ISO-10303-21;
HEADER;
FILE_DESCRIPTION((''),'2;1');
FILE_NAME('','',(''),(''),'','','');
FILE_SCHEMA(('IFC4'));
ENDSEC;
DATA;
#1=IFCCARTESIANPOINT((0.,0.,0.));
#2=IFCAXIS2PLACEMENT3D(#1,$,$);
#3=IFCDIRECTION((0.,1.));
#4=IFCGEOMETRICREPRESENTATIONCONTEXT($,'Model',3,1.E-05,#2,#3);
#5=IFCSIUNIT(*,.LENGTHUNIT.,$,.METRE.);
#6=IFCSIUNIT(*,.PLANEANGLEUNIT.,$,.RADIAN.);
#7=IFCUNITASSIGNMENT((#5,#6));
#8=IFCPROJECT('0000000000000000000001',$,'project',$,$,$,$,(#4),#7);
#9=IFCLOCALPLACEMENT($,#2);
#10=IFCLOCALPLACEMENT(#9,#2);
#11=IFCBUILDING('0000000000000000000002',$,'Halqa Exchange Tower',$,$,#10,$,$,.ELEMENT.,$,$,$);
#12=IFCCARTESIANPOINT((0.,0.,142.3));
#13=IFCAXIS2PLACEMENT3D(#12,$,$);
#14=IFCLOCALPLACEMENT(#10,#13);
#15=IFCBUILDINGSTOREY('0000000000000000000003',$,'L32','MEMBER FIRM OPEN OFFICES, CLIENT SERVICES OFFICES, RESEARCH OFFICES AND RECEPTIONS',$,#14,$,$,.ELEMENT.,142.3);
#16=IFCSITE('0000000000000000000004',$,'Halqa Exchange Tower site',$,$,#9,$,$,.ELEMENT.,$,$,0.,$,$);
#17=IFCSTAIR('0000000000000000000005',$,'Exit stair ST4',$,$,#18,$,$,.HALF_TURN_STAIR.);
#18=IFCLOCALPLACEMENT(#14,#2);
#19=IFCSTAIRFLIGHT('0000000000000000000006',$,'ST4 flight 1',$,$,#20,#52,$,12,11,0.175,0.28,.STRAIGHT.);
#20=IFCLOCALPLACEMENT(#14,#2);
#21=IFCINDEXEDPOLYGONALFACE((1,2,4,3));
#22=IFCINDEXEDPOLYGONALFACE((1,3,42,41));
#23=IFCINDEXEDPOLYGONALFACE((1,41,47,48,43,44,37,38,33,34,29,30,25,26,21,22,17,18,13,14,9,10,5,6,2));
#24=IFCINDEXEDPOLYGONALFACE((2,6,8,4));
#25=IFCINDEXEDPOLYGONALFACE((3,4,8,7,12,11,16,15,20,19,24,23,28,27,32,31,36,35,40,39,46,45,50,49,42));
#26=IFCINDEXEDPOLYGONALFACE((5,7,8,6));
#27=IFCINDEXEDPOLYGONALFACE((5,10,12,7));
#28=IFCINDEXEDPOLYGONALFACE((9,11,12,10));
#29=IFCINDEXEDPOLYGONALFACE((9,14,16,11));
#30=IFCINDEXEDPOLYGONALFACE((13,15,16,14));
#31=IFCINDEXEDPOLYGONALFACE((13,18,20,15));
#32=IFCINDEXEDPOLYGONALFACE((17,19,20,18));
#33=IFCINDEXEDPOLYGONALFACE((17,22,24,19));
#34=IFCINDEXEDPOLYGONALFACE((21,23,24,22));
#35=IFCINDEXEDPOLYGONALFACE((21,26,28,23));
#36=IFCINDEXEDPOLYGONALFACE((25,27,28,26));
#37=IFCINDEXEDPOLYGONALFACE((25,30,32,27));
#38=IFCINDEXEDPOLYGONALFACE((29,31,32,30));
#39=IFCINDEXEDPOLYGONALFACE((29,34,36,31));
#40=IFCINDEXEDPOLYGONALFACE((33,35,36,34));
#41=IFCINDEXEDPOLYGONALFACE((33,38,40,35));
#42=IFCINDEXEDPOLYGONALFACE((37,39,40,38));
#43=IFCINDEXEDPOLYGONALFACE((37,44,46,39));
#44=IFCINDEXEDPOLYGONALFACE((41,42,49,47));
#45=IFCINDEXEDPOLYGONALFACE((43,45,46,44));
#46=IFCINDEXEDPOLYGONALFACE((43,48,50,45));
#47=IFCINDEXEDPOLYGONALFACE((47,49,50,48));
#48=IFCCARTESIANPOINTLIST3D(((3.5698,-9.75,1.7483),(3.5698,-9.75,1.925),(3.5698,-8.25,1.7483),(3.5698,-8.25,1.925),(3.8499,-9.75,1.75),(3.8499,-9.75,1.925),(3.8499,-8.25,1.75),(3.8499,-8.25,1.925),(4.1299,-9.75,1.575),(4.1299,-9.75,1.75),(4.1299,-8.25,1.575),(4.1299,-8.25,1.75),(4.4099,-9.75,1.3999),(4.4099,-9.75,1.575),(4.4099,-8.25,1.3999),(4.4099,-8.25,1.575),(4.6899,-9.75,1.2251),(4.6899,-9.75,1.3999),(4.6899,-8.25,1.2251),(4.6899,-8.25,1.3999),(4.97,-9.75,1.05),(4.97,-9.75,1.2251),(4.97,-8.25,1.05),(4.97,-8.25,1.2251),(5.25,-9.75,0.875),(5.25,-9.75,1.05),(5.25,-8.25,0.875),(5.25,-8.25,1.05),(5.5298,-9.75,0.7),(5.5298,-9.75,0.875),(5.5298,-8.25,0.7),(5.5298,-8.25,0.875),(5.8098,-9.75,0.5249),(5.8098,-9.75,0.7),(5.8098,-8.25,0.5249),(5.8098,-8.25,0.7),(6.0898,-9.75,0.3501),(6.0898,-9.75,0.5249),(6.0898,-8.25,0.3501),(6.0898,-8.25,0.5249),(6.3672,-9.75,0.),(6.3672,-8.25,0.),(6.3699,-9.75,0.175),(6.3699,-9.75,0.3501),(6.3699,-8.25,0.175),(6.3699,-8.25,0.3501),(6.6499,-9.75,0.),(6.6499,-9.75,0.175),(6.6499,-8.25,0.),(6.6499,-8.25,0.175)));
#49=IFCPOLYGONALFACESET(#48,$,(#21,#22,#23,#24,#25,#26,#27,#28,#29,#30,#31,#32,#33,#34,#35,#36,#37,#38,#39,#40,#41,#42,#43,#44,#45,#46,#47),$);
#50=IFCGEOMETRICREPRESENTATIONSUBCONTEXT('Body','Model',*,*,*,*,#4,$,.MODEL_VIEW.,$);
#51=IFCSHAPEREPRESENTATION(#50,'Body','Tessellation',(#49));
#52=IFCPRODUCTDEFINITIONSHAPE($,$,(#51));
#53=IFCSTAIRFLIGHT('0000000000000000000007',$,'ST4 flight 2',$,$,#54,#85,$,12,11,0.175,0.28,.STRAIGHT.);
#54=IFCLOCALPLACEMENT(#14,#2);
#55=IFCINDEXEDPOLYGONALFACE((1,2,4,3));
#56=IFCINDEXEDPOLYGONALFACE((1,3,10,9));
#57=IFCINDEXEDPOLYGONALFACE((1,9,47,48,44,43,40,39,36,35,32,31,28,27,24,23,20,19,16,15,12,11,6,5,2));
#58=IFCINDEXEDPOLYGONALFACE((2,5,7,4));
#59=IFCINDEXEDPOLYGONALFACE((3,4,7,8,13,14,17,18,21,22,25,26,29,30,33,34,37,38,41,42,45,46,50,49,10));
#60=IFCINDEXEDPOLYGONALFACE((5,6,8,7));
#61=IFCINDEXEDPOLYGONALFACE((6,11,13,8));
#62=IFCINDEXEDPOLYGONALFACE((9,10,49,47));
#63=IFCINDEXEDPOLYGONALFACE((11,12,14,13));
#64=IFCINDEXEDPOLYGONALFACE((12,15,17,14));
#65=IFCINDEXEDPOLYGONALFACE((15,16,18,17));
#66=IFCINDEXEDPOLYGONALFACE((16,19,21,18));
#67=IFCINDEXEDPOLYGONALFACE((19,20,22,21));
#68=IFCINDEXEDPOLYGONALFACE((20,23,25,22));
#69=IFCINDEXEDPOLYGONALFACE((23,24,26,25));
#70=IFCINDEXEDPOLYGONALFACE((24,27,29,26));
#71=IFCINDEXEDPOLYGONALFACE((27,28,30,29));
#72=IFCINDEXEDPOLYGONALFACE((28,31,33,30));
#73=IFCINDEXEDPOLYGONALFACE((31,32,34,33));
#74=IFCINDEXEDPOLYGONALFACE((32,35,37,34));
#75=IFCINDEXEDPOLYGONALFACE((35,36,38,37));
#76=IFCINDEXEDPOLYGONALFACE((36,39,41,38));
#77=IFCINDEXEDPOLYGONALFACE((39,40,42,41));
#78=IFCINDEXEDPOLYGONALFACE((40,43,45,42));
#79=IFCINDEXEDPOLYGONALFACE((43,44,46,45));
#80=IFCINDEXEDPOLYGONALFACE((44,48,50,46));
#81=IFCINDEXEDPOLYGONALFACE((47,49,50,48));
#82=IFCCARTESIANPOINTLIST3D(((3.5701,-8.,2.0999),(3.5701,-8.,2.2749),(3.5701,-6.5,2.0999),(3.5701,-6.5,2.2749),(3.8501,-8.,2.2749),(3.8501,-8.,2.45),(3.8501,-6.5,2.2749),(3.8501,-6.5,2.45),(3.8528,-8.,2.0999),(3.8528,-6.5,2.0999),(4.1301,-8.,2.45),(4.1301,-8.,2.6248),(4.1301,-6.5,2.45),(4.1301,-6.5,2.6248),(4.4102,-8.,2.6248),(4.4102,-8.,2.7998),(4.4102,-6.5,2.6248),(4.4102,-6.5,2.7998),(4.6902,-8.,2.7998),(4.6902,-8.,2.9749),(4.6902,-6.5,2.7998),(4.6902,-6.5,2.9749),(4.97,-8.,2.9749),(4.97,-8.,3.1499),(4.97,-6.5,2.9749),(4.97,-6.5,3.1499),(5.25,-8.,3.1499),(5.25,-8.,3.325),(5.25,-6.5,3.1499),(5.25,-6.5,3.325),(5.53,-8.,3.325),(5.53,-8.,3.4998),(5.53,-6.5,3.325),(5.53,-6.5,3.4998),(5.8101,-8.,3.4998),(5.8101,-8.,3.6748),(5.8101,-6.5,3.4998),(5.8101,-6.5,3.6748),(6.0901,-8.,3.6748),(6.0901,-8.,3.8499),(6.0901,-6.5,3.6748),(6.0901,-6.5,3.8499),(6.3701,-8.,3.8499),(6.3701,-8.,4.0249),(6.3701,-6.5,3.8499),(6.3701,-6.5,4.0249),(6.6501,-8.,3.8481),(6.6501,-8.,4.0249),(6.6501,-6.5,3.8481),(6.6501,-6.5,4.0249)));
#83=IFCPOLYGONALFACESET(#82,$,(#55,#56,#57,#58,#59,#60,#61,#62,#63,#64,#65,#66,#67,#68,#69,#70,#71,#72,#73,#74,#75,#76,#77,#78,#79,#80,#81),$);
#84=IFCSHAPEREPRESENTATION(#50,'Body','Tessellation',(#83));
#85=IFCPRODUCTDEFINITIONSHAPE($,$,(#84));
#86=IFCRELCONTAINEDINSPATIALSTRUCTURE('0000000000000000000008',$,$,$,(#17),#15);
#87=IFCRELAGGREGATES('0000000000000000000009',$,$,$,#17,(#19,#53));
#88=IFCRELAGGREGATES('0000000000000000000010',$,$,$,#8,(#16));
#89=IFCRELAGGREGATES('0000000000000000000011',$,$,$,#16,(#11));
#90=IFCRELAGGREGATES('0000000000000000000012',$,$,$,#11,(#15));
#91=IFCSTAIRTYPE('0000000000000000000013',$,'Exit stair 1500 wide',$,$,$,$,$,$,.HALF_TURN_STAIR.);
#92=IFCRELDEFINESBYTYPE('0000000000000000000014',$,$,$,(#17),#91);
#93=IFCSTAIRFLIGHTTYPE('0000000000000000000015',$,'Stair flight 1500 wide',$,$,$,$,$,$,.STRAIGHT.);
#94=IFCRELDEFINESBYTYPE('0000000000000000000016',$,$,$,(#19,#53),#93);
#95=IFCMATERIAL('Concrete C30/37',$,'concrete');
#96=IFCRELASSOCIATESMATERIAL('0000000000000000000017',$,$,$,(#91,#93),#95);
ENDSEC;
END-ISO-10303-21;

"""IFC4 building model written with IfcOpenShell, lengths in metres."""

from ifc_helpers import new_model, si_unit, direction, frame, origin, place, context, subcontext, project, spatial, polyline, outline, extrude, material, type_object, element, aggregate, save


model = new_model("IFC4")

# Units and contexts
model_context = context("Model", 3, precision=1e-05, world=origin(), true_north=direction((0.0, 1.0)))
body_context = subcontext(model_context, "Body", "Model", "MODEL_VIEW")
ifc_project = project(units=[si_unit("LENGTHUNIT", "METRE"), si_unit("PLANEANGLEUNIT", "RADIAN")], contexts=[model_context])

# Site, building, storey
site_placement = place(None, origin())
site = spatial("IfcSite", under=ifc_project, at=site_placement, Name="Halqa Exchange Tower site", CompositionType="ELEMENT", RefElevation=0.0)
building_placement = place(site_placement, origin())
building = spatial("IfcBuilding", under=site, at=building_placement, Name="Halqa Exchange Tower", CompositionType="ELEMENT")
storey_placement = place(building_placement, frame((0.0, 0.0, 142.3)))
storey = spatial("IfcBuildingStorey", under=building, at=storey_placement, Name="L32", Description="MEMBER FIRM OPEN OFFICES, CLIENT SERVICES OFFICES, RESEARCH OFFICES AND RECEPTIONS", CompositionType="ELEMENT", Elevation=142.3)

# Shared definitions
ifc_material_1 = material(Name="Concrete C30/37", Category="concrete")

# Stair, stair flights
stair_type = type_object("IfcStairType", Name="Exit stair 1500 wide", PredefinedType="HALF_TURN_STAIR", material=ifc_material_1)
stair_placement = place(storey_placement, origin())
stair = element("IfcStair", 1, at=stair_placement, inside=storey, type_object=stair_type, Name="Exit stair ST4", PredefinedType="HALF_TURN_STAIR")
stair_flight_type = type_object("IfcStairFlightType", Name="Stair flight 1500 wide", PredefinedType="STRAIGHT", material=ifc_material_1)
stair_flight_1_placement = place(storey_placement, frame((6.6499, -9.0, 0.0), z_axis=(0.0, 0.0, 1.0), x_axis=(-1.0, 0.0, 0.0)))
stair_flight_1 = element("IfcStairFlight", 2, at=stair_flight_1_placement, type_object=stair_flight_type, Name="ST4 flight 1", NumberOfRisers=12, NumberOfTreads=11, PredefinedType="STRAIGHT", RiserHeight=0.175, TreadLength=0.28, context=body_context, shape_type="SweptSolid", body=[
    extrude(outline(polyline([(0.0, 0.0), (0.0, 0.175), (0.28, 0.175), (0.28, 0.3501), (0.5601, 0.3501), (0.5601, 0.5249), (0.8401, 0.5249), (0.8401, 0.7), (1.1201, 0.7), (1.1201, 0.875), (1.3999, 0.875), (1.3999, 1.05), (1.6799, 1.05), (1.6799, 1.2251), (1.96, 1.2251), (1.96, 1.3999), (2.24, 1.3999), (2.24, 1.575), (2.52, 1.575), (2.52, 1.75), (2.8, 1.75), (2.8, 1.925), (3.0801, 1.925), (3.0801, 2.1001), (3.0801, 1.7483), (0.2827, 0.0), (0.0, 0.0)])), frame((0.0, 0.75, 0.0), z_axis=(0.0, -1.0, 0.0), x_axis=(1.0, 0.0, 0.0)), (0.0, 0.0, 1.0), 1.5),
])
stair_flight_2_placement = place(storey_placement, frame((3.5701, -7.25, 2.0999), z_axis=(0.0, 0.0, 1.0), x_axis=(1.0, 0.0, 0.0)))
stair_flight_2 = element("IfcStairFlight", 3, at=stair_flight_2_placement, type_object=stair_flight_type, Name="ST4 flight 2", NumberOfRisers=12, NumberOfTreads=11, PredefinedType="STRAIGHT", RiserHeight=0.175, TreadLength=0.28, context=body_context, shape_type="SweptSolid", body=[
    extrude(outline(polyline([(0.0, 0.0), (0.0, 0.175), (0.28, 0.175), (0.28, 0.3501), (0.5601, 0.3501), (0.5601, 0.5249), (0.8401, 0.5249), (0.8401, 0.7), (1.1201, 0.7), (1.1201, 0.875), (1.3999, 0.875), (1.3999, 1.05), (1.6799, 1.05), (1.6799, 1.2251), (1.96, 1.2251), (1.96, 1.3999), (2.24, 1.3999), (2.24, 1.575), (2.52, 1.575), (2.52, 1.75), (2.8, 1.75), (2.8, 1.925), (3.0801, 1.925), (3.0801, 2.1001), (3.0801, 1.7483), (0.2827, 0.0), (0.0, 0.0)])), frame((0.0, 0.75, 0.0), z_axis=(0.0, -1.0, 0.0), x_axis=(1.0, 0.0, 0.0)), (0.0, 0.0, 1.0), 1.5),
])
aggregate(stair, [stair_flight_1, stair_flight_2])

save(model, "model.ifc")
